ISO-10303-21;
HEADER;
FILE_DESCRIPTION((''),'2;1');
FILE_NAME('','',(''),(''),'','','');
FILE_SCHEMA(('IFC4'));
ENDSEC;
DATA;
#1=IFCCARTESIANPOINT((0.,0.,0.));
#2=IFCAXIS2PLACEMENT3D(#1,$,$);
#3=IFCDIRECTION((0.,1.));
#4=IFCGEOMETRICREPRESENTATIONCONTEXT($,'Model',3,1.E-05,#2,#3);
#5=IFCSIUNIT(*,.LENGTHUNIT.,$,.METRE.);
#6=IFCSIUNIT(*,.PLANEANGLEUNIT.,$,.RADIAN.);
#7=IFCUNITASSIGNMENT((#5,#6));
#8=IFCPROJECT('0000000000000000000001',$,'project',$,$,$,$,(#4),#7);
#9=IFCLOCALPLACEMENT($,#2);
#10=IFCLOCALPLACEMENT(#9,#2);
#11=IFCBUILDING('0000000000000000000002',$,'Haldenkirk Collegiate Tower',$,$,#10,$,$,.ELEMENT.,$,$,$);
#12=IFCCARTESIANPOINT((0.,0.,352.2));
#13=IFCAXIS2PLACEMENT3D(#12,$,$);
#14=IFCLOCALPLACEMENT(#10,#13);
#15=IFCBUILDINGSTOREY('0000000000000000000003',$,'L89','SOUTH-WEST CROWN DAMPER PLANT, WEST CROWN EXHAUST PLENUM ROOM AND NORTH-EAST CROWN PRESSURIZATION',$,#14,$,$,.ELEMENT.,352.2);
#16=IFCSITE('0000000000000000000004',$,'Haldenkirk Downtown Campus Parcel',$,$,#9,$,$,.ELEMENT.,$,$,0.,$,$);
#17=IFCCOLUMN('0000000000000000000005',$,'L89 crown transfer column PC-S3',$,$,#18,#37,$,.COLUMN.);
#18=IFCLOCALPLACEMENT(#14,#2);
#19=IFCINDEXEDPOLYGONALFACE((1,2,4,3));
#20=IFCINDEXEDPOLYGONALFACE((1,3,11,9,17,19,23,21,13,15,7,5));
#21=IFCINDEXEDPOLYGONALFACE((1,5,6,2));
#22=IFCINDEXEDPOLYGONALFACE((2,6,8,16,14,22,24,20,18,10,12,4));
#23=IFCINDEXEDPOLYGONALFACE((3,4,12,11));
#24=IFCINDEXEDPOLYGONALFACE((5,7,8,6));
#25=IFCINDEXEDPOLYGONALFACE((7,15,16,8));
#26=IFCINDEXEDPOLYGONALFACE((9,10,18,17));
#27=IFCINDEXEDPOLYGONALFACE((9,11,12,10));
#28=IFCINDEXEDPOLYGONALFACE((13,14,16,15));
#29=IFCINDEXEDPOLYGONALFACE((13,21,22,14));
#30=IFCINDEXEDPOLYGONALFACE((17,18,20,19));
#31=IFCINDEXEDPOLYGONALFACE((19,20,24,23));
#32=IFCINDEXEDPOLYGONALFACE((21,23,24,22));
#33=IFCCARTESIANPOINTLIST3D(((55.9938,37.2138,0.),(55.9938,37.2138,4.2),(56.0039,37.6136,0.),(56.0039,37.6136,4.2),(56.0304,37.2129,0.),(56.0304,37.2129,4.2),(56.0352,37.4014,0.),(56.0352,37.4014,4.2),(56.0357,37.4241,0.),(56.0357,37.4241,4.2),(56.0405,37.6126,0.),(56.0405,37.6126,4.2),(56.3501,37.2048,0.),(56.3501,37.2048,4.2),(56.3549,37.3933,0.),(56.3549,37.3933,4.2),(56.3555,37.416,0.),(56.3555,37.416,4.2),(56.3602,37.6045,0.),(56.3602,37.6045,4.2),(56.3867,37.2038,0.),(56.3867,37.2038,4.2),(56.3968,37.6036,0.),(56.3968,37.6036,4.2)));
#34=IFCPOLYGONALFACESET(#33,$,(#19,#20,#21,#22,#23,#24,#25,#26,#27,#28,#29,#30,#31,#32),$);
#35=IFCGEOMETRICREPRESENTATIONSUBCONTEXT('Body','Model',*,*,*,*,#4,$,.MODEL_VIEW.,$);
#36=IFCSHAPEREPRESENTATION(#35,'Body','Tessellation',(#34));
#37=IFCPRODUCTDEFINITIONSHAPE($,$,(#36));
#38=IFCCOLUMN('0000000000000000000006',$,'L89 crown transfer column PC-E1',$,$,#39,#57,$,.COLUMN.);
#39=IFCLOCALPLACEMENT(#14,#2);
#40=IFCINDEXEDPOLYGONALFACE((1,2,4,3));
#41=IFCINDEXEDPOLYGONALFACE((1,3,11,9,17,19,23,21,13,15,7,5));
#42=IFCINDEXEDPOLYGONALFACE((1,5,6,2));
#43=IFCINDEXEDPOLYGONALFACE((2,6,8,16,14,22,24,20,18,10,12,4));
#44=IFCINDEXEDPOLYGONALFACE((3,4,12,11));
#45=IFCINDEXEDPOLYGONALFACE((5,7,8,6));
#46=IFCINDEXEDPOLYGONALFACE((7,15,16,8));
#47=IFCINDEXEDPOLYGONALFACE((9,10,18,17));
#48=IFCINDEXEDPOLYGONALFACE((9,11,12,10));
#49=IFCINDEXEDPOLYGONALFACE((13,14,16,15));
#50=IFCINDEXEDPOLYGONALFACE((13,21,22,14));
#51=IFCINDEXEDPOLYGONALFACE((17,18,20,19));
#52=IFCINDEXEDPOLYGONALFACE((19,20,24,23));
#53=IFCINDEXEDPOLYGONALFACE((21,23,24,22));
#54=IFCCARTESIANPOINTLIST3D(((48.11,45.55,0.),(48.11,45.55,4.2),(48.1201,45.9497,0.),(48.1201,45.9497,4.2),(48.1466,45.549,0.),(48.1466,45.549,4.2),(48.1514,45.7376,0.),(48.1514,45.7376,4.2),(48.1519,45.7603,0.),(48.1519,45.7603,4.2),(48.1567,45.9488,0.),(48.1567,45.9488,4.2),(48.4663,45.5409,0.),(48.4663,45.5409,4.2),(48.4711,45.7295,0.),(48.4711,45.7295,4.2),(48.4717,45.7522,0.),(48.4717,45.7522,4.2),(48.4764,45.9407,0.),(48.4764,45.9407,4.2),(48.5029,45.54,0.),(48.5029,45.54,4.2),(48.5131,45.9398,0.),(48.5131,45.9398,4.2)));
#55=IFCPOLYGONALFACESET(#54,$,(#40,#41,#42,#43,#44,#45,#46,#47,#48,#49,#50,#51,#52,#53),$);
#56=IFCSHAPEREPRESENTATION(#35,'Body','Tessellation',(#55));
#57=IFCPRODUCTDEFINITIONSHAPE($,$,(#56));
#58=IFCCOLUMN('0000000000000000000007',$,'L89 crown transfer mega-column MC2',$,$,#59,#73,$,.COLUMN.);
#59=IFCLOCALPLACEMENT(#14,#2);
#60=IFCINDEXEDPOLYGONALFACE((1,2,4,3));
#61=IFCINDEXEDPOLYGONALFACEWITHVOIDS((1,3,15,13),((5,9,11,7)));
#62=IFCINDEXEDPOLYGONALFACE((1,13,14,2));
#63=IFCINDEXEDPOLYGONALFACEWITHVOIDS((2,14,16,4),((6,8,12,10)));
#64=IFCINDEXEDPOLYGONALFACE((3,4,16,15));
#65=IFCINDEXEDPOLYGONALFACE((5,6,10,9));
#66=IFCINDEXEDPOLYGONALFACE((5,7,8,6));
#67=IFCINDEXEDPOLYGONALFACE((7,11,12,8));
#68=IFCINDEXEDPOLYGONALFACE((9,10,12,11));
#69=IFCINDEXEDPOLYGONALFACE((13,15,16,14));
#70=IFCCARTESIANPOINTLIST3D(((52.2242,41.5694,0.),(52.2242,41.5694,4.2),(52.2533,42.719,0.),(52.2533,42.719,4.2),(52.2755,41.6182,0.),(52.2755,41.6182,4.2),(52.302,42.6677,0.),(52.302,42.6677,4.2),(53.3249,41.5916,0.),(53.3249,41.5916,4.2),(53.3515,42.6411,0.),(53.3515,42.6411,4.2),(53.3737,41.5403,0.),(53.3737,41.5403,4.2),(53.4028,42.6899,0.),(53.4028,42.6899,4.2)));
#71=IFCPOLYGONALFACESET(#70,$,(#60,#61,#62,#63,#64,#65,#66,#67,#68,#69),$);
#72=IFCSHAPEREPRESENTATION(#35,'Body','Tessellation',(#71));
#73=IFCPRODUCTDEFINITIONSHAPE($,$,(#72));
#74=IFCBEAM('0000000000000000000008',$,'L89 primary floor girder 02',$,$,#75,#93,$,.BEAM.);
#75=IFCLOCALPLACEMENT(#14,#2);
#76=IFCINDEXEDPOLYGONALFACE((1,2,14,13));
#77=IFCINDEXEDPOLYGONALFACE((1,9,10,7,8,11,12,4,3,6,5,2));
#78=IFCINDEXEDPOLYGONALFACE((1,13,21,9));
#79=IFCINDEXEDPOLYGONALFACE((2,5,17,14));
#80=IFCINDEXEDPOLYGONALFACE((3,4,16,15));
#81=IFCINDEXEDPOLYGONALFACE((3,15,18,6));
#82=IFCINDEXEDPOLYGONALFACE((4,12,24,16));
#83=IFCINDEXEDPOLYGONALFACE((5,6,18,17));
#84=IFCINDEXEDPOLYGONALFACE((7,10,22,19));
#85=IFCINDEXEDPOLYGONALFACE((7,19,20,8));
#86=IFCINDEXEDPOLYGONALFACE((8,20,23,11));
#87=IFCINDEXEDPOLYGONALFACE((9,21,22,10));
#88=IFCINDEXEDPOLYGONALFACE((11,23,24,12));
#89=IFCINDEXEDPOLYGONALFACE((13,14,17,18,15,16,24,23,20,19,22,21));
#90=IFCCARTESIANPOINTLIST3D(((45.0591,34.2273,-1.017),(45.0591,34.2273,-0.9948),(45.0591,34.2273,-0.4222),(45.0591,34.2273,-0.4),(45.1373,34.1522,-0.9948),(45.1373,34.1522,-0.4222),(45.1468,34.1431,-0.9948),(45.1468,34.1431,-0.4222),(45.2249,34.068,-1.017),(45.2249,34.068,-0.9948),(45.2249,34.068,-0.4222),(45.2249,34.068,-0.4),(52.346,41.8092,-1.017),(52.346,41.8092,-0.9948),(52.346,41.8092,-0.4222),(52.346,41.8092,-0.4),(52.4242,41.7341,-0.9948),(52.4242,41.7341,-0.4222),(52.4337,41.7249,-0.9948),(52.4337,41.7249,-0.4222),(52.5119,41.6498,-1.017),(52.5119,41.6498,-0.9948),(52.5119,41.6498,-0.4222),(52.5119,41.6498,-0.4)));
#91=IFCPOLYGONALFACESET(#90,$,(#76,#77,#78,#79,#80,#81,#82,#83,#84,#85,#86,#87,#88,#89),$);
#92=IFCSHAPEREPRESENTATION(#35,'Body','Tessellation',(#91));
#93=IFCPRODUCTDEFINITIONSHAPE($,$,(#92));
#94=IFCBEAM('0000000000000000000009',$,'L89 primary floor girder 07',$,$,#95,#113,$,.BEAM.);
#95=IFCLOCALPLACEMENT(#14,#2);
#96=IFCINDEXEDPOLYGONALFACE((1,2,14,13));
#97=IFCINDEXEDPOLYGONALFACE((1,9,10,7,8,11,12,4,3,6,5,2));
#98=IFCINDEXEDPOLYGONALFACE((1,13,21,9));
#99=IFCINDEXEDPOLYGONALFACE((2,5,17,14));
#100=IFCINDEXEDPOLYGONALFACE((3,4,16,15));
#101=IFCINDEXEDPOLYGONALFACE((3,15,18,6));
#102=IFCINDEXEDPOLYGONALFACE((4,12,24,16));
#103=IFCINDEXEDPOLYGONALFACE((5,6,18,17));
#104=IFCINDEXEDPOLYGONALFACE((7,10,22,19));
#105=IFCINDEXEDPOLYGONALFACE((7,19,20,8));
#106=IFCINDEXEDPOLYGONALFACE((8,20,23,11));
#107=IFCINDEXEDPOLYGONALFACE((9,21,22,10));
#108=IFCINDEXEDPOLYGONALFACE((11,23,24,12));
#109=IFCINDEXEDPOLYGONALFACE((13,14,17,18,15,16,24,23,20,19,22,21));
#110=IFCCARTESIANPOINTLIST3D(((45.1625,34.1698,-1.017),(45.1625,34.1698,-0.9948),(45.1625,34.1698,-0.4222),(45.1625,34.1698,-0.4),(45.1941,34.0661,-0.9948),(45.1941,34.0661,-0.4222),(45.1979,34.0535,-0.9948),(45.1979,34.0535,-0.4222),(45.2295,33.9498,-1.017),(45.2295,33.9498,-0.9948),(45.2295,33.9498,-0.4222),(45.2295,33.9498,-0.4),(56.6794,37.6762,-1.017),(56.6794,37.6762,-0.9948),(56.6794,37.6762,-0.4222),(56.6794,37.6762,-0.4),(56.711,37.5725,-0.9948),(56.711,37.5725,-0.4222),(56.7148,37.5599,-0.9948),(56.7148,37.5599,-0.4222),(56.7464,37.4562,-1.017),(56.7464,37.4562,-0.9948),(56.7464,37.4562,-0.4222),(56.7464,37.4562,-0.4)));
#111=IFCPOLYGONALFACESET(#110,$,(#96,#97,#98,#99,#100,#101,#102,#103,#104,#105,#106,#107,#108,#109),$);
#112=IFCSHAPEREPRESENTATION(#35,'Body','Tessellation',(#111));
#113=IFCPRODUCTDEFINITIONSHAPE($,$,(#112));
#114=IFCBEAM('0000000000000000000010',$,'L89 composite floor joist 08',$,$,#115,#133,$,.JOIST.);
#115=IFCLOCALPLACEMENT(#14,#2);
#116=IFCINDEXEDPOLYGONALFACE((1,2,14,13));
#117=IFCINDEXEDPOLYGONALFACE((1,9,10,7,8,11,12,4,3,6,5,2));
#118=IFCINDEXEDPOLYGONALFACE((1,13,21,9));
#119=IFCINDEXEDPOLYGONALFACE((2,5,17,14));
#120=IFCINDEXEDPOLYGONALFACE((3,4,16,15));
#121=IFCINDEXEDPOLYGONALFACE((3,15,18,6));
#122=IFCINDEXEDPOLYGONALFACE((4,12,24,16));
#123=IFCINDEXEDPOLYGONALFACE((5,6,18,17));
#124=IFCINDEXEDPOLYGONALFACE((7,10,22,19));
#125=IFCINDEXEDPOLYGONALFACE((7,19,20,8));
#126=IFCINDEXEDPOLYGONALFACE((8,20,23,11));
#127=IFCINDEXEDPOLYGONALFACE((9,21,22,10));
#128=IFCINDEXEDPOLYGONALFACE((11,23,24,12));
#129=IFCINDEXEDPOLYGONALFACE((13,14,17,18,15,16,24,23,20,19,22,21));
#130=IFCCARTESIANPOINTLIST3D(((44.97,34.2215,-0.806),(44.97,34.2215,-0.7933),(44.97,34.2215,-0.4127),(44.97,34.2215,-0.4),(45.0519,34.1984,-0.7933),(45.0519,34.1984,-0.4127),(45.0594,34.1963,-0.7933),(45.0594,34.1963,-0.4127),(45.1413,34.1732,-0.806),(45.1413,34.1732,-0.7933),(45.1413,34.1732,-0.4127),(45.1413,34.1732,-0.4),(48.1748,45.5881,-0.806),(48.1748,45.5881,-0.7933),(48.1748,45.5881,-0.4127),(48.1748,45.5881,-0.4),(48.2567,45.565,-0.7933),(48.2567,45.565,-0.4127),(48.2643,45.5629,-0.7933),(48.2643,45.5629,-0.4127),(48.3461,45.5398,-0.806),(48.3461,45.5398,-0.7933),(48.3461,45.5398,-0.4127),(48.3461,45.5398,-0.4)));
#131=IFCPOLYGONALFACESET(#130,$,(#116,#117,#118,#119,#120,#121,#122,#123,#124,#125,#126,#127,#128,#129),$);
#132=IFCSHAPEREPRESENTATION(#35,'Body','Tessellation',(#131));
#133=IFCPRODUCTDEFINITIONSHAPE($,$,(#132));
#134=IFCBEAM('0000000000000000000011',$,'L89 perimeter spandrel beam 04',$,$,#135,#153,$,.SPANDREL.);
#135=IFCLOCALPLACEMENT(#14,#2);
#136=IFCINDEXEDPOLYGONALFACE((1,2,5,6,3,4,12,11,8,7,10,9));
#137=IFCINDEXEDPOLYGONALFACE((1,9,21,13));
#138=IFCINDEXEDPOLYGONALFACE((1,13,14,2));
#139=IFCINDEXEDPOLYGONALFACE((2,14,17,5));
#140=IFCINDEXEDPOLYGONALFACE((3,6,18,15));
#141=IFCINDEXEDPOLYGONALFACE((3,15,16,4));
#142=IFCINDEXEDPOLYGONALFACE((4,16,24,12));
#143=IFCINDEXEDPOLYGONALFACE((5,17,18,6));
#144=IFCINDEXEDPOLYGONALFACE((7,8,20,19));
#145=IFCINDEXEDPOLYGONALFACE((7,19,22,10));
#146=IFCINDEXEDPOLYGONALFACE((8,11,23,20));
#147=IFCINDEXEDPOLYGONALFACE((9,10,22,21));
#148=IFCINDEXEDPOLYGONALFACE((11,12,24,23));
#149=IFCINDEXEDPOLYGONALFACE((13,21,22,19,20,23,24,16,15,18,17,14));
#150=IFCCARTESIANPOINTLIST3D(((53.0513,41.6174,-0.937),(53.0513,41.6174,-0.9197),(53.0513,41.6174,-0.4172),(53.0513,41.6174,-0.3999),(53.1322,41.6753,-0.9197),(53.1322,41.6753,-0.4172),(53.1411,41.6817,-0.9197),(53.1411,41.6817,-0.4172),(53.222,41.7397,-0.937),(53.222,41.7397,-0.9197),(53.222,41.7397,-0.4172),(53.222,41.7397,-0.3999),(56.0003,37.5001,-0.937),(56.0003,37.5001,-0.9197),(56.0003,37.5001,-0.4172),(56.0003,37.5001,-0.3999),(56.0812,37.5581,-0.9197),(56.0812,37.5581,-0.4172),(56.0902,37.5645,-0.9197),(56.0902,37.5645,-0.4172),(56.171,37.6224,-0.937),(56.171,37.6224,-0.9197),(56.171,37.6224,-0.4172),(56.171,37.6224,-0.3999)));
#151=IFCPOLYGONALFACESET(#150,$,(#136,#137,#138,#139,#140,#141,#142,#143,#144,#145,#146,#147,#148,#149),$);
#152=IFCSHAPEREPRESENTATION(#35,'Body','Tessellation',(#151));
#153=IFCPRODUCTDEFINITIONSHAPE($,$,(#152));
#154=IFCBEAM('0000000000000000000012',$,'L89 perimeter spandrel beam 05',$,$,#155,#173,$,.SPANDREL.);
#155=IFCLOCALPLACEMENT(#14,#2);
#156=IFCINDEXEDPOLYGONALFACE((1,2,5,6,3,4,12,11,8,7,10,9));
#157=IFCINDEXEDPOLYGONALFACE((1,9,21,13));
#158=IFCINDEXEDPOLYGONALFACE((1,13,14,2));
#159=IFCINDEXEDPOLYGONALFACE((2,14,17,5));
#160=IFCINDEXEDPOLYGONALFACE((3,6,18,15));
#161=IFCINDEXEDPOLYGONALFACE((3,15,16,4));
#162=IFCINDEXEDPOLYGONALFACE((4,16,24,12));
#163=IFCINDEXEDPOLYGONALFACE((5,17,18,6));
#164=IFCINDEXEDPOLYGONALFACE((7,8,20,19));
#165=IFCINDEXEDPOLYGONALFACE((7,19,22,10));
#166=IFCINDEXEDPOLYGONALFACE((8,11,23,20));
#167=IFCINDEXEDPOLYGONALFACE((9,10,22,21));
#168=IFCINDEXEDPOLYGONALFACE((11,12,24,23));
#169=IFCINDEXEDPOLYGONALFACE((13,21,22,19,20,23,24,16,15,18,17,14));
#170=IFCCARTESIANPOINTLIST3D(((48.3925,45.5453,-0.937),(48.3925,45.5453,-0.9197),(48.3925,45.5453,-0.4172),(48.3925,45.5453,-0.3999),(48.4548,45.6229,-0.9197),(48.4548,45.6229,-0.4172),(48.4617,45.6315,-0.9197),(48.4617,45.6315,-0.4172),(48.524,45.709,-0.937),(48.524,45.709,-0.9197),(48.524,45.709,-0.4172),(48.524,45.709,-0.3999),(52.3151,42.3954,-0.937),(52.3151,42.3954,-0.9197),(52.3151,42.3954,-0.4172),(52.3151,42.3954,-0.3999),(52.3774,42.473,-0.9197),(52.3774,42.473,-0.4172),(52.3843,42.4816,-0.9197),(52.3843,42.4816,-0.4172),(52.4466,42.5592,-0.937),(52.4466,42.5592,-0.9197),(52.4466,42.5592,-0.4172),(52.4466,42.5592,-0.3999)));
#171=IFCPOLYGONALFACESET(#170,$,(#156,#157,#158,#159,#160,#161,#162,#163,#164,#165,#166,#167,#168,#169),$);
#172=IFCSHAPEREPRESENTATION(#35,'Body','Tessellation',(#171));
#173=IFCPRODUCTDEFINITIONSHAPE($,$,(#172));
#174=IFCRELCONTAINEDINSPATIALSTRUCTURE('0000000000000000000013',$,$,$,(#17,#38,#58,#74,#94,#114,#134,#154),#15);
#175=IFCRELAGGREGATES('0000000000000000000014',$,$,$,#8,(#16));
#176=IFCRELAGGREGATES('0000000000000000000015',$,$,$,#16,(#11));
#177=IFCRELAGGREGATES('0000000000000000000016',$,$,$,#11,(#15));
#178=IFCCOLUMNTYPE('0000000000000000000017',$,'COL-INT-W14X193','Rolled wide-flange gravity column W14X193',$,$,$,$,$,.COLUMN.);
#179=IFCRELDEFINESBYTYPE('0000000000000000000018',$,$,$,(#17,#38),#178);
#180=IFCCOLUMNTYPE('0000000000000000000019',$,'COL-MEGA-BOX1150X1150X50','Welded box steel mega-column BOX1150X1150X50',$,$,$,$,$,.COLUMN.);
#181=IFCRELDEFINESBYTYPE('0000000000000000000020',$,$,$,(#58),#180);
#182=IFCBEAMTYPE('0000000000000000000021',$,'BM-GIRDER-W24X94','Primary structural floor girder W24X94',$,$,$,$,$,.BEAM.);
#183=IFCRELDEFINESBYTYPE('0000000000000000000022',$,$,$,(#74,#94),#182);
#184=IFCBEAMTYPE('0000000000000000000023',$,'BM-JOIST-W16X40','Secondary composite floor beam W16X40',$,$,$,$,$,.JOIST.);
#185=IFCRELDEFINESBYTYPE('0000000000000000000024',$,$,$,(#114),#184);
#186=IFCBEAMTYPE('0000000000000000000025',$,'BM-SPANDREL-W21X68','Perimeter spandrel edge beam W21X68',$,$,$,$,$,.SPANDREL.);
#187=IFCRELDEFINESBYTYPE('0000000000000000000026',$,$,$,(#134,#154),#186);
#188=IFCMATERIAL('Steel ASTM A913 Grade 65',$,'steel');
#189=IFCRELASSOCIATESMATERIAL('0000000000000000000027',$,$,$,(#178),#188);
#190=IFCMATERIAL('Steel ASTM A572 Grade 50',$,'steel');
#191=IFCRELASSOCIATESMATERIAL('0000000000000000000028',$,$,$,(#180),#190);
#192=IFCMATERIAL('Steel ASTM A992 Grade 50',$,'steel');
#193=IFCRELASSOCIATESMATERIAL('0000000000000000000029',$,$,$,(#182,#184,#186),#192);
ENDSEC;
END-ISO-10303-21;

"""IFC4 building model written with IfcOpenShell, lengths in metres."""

from ifc_helpers import new_model, si_unit, direction, frame, origin, origin_2d, place, context, subcontext, project, spatial, hollow_rectangle, i_section, extrude, material, material_profile, profile_set, type_object, element, save


model = new_model("IFC4")

# Units and contexts
model_context = context("Model", 3, precision=1e-05, world=origin(), true_north=direction((0.0, 1.0)))
body_context = subcontext(model_context, "Body", "Model", "MODEL_VIEW")
ifc_project = project(units=[si_unit("LENGTHUNIT", "METRE"), si_unit("PLANEANGLEUNIT", "RADIAN")], contexts=[model_context])

# Site, building, storey
site_placement = place(None, origin())
site = spatial("IfcSite", under=ifc_project, at=site_placement, Name="Haldenkirk Downtown Campus Parcel", CompositionType="ELEMENT", RefElevation=0.0)
building_placement = place(site_placement, origin())
building = spatial("IfcBuilding", under=site, at=building_placement, Name="Haldenkirk Collegiate Tower", CompositionType="ELEMENT")
storey_placement = place(building_placement, frame((0.0, 0.0, 352.2)))
storey = spatial("IfcBuildingStorey", under=building, at=storey_placement, Name="L89", Description="SOUTH-WEST CROWN DAMPER PLANT, WEST CROWN EXHAUST PLENUM ROOM AND NORTH-EAST CROWN PRESSURIZATION", CompositionType="ELEMENT", Elevation=352.2)

# Columns
ifc_material_1 = material(Name="Steel ASTM A913 Grade 65", Category="steel")
ifc_material_profile_1 = material_profile(ifc_material_1, i_section(OverallWidth=0.3999, OverallDepth=0.3931, WebThickness=0.0227, FlangeThickness=0.0366, at=origin_2d()), Name="W14X193")
ifc_profile_set_1 = profile_set([ifc_material_profile_1], Name="Steel ASTM A913 Grade 65")
column_type_1 = type_object("IfcColumnType", Name="COL-INT-W14X193", Description="Rolled wide-flange gravity column W14X193", PredefinedType="COLUMN", material=ifc_profile_set_1)
for number, where, z_axis, x_axis, name in (
    (1, (56.1953, 37.4087, 0.0), (0.0, 0.0, 1.0), (0.025305, 0.99968, 0.0), "L89 crown transfer column PC-S3"),
    (2, (48.3115, 45.7449, 0.0), (0.0, 0.0, 1.0), (0.025305, 0.99968, 0.0), "L89 crown transfer column PC-E1"),
):
    element("IfcColumn", number, at=place(storey_placement, frame(where, z_axis=z_axis, x_axis=x_axis)), inside=storey, type_object=column_type_1, Name=name, PredefinedType="COLUMN", context=body_context, shape_type="SweptSolid", body=[
        extrude(i_section(OverallWidth=0.3999, OverallDepth=0.3931, WebThickness=0.0227, FlangeThickness=0.0366, at=origin_2d()), origin(), (0.0, 0.0, 1.0), 4.2),
    ])
ifc_material_2 = material(Name="Steel ASTM A572 Grade 50", Category="steel")
ifc_material_profile_2 = material_profile(ifc_material_2, hollow_rectangle(XDim=1.1499, YDim=1.1499, WallThickness=0.05, at=origin_2d()), Name="BOX1150X1150X50")
ifc_profile_set_2 = profile_set([ifc_material_profile_2], Name="Steel ASTM A572 Grade 50")
column_type_2 = type_object("IfcColumnType", Name="COL-MEGA-BOX1150X1150X50", Description="Welded box steel mega-column BOX1150X1150X50", PredefinedType="COLUMN", material=ifc_profile_set_2)
column_placement = place(storey_placement, frame((52.8135, 42.1296, 0.0), z_axis=(0.0, 0.0, 1.0), x_axis=(0.025305, 0.99968, 0.0)))
element("IfcColumn", 3, at=column_placement, inside=storey, type_object=column_type_2, Name="L89 crown transfer mega-column MC2", PredefinedType="COLUMN", context=body_context, shape_type="SweptSolid", body=[
    extrude(hollow_rectangle(XDim=1.1499, YDim=1.1499, WallThickness=0.05, at=origin_2d()), origin(), (0.0, 0.0, 1.0), 4.2),
])

# Beams
ifc_material_3 = material(Name="Steel ASTM A992 Grade 50", Category="steel")
ifc_material_profile_3 = material_profile(ifc_material_3, i_section(OverallWidth=0.23, OverallDepth=0.6169, WebThickness=0.0132, FlangeThickness=0.0222, at=origin_2d()), Name="W24X94")
ifc_profile_set_3 = profile_set([ifc_material_profile_3], Name="Steel ASTM A992 Grade 50")
beam_type_1 = type_object("IfcBeamType", Name="BM-GIRDER-W24X94", Description="Primary structural floor girder W24X94", PredefinedType="BEAM", material=ifc_profile_set_3)
beam_1_placement = place(storey_placement, frame((52.429, 41.7295, -0.7085), z_axis=(-0.692945, -0.720991, 0.0), x_axis=(0.720991, -0.692945, 0.0)))
element("IfcBeam", 4, at=beam_1_placement, inside=storey, type_object=beam_type_1, Name="L89 primary floor girder 02", PredefinedType="BEAM", context=body_context, shape_type="SweptSolid", body=[
    extrude(i_section(OverallWidth=0.23, OverallDepth=0.6169, WebThickness=0.0132, FlangeThickness=0.0222, at=origin_2d()), origin(), (0.0, 0.0, 1.0), 10.5159),
])
beam_2_placement = place(storey_placement, frame((56.7129, 37.5662, -0.7085), z_axis=(-0.956646, -0.291254, 0.0), x_axis=(0.291254, -0.956646, 0.0)))
element("IfcBeam", 5, at=beam_2_placement, inside=storey, type_object=beam_type_1, Name="L89 primary floor girder 07", PredefinedType="BEAM", context=body_context, shape_type="SweptSolid", body=[
    extrude(i_section(OverallWidth=0.23, OverallDepth=0.6169, WebThickness=0.0132, FlangeThickness=0.0222, at=origin_2d()), origin(), (0.0, 0.0, 1.0), 12.0388),
])
ifc_material_profile_4 = material_profile(ifc_material_3, i_section(OverallWidth=0.178, OverallDepth=0.406, WebThickness=0.0078, FlangeThickness=0.0127, at=origin_2d()), Name="W16X40")
ifc_profile_set_4 = profile_set([ifc_material_profile_4], Name="Steel ASTM A992 Grade 50")
beam_type_2 = type_object("IfcBeamType", Name="BM-JOIST-W16X40", Description="Secondary composite floor beam W16X40", PredefinedType="JOIST", material=ifc_profile_set_4)
beam_3_placement = place(storey_placement, frame((48.2605, 45.564, -0.603), z_axis=(-0.271369, -0.962475, 0.0), x_axis=(0.962475, -0.271369, 0.0)))
element("IfcBeam", 6, at=beam_3_placement, inside=storey, type_object=beam_type_2, Name="L89 composite floor joist 08", PredefinedType="JOIST", context=body_context, shape_type="SweptSolid", body=[
    extrude(i_section(OverallWidth=0.178, OverallDepth=0.406, WebThickness=0.0078, FlangeThickness=0.0127, at=origin_2d()), origin(), (0.0, 0.0, 1.0), 11.8098),
])
ifc_material_profile_5 = material_profile(ifc_material_3, i_section(OverallWidth=0.21, OverallDepth=0.5371, WebThickness=0.011, FlangeThickness=0.0173, at=origin_2d()), Name="W21X68")
ifc_profile_set_5 = profile_set([ifc_material_profile_5], Name="Steel ASTM A992 Grade 50")
beam_type_3 = type_object("IfcBeamType", Name="BM-SPANDREL-W21X68", Description="Perimeter spandrel edge beam W21X68", PredefinedType="SPANDREL", material=ifc_profile_set_5)
beam_4_placement = place(storey_placement, frame((56.0857, 37.5613, -0.6685), z_axis=(-0.5823, 0.812974, 0.0), x_axis=(-0.812974, -0.5823, 0.0)))
element("IfcBeam", 7, at=beam_4_placement, inside=storey, type_object=beam_type_3, Name="L89 perimeter spandrel beam 04", PredefinedType="SPANDREL", context=body_context, shape_type="SweptSolid", body=[
    extrude(i_section(OverallWidth=0.21, OverallDepth=0.5371, WebThickness=0.011, FlangeThickness=0.0173, at=origin_2d()), origin(), (0.0, 0.0, 1.0), 5.0645),
])
beam_5_placement = place(storey_placement, frame((52.3809, 42.4773, -0.6685), z_axis=(-0.779722, 0.626126, 0.0), x_axis=(-0.626126, -0.779722, 0.0)))
element("IfcBeam", 8, at=beam_5_placement, inside=storey, type_object=beam_type_3, Name="L89 perimeter spandrel beam 05", PredefinedType="SPANDREL", context=body_context, shape_type="SweptSolid", body=[
    extrude(i_section(OverallWidth=0.21, OverallDepth=0.5371, WebThickness=0.011, FlangeThickness=0.0173, at=origin_2d()), origin(), (0.0, 0.0, 1.0), 5.0308),
])

save(model, "model.ifc")
